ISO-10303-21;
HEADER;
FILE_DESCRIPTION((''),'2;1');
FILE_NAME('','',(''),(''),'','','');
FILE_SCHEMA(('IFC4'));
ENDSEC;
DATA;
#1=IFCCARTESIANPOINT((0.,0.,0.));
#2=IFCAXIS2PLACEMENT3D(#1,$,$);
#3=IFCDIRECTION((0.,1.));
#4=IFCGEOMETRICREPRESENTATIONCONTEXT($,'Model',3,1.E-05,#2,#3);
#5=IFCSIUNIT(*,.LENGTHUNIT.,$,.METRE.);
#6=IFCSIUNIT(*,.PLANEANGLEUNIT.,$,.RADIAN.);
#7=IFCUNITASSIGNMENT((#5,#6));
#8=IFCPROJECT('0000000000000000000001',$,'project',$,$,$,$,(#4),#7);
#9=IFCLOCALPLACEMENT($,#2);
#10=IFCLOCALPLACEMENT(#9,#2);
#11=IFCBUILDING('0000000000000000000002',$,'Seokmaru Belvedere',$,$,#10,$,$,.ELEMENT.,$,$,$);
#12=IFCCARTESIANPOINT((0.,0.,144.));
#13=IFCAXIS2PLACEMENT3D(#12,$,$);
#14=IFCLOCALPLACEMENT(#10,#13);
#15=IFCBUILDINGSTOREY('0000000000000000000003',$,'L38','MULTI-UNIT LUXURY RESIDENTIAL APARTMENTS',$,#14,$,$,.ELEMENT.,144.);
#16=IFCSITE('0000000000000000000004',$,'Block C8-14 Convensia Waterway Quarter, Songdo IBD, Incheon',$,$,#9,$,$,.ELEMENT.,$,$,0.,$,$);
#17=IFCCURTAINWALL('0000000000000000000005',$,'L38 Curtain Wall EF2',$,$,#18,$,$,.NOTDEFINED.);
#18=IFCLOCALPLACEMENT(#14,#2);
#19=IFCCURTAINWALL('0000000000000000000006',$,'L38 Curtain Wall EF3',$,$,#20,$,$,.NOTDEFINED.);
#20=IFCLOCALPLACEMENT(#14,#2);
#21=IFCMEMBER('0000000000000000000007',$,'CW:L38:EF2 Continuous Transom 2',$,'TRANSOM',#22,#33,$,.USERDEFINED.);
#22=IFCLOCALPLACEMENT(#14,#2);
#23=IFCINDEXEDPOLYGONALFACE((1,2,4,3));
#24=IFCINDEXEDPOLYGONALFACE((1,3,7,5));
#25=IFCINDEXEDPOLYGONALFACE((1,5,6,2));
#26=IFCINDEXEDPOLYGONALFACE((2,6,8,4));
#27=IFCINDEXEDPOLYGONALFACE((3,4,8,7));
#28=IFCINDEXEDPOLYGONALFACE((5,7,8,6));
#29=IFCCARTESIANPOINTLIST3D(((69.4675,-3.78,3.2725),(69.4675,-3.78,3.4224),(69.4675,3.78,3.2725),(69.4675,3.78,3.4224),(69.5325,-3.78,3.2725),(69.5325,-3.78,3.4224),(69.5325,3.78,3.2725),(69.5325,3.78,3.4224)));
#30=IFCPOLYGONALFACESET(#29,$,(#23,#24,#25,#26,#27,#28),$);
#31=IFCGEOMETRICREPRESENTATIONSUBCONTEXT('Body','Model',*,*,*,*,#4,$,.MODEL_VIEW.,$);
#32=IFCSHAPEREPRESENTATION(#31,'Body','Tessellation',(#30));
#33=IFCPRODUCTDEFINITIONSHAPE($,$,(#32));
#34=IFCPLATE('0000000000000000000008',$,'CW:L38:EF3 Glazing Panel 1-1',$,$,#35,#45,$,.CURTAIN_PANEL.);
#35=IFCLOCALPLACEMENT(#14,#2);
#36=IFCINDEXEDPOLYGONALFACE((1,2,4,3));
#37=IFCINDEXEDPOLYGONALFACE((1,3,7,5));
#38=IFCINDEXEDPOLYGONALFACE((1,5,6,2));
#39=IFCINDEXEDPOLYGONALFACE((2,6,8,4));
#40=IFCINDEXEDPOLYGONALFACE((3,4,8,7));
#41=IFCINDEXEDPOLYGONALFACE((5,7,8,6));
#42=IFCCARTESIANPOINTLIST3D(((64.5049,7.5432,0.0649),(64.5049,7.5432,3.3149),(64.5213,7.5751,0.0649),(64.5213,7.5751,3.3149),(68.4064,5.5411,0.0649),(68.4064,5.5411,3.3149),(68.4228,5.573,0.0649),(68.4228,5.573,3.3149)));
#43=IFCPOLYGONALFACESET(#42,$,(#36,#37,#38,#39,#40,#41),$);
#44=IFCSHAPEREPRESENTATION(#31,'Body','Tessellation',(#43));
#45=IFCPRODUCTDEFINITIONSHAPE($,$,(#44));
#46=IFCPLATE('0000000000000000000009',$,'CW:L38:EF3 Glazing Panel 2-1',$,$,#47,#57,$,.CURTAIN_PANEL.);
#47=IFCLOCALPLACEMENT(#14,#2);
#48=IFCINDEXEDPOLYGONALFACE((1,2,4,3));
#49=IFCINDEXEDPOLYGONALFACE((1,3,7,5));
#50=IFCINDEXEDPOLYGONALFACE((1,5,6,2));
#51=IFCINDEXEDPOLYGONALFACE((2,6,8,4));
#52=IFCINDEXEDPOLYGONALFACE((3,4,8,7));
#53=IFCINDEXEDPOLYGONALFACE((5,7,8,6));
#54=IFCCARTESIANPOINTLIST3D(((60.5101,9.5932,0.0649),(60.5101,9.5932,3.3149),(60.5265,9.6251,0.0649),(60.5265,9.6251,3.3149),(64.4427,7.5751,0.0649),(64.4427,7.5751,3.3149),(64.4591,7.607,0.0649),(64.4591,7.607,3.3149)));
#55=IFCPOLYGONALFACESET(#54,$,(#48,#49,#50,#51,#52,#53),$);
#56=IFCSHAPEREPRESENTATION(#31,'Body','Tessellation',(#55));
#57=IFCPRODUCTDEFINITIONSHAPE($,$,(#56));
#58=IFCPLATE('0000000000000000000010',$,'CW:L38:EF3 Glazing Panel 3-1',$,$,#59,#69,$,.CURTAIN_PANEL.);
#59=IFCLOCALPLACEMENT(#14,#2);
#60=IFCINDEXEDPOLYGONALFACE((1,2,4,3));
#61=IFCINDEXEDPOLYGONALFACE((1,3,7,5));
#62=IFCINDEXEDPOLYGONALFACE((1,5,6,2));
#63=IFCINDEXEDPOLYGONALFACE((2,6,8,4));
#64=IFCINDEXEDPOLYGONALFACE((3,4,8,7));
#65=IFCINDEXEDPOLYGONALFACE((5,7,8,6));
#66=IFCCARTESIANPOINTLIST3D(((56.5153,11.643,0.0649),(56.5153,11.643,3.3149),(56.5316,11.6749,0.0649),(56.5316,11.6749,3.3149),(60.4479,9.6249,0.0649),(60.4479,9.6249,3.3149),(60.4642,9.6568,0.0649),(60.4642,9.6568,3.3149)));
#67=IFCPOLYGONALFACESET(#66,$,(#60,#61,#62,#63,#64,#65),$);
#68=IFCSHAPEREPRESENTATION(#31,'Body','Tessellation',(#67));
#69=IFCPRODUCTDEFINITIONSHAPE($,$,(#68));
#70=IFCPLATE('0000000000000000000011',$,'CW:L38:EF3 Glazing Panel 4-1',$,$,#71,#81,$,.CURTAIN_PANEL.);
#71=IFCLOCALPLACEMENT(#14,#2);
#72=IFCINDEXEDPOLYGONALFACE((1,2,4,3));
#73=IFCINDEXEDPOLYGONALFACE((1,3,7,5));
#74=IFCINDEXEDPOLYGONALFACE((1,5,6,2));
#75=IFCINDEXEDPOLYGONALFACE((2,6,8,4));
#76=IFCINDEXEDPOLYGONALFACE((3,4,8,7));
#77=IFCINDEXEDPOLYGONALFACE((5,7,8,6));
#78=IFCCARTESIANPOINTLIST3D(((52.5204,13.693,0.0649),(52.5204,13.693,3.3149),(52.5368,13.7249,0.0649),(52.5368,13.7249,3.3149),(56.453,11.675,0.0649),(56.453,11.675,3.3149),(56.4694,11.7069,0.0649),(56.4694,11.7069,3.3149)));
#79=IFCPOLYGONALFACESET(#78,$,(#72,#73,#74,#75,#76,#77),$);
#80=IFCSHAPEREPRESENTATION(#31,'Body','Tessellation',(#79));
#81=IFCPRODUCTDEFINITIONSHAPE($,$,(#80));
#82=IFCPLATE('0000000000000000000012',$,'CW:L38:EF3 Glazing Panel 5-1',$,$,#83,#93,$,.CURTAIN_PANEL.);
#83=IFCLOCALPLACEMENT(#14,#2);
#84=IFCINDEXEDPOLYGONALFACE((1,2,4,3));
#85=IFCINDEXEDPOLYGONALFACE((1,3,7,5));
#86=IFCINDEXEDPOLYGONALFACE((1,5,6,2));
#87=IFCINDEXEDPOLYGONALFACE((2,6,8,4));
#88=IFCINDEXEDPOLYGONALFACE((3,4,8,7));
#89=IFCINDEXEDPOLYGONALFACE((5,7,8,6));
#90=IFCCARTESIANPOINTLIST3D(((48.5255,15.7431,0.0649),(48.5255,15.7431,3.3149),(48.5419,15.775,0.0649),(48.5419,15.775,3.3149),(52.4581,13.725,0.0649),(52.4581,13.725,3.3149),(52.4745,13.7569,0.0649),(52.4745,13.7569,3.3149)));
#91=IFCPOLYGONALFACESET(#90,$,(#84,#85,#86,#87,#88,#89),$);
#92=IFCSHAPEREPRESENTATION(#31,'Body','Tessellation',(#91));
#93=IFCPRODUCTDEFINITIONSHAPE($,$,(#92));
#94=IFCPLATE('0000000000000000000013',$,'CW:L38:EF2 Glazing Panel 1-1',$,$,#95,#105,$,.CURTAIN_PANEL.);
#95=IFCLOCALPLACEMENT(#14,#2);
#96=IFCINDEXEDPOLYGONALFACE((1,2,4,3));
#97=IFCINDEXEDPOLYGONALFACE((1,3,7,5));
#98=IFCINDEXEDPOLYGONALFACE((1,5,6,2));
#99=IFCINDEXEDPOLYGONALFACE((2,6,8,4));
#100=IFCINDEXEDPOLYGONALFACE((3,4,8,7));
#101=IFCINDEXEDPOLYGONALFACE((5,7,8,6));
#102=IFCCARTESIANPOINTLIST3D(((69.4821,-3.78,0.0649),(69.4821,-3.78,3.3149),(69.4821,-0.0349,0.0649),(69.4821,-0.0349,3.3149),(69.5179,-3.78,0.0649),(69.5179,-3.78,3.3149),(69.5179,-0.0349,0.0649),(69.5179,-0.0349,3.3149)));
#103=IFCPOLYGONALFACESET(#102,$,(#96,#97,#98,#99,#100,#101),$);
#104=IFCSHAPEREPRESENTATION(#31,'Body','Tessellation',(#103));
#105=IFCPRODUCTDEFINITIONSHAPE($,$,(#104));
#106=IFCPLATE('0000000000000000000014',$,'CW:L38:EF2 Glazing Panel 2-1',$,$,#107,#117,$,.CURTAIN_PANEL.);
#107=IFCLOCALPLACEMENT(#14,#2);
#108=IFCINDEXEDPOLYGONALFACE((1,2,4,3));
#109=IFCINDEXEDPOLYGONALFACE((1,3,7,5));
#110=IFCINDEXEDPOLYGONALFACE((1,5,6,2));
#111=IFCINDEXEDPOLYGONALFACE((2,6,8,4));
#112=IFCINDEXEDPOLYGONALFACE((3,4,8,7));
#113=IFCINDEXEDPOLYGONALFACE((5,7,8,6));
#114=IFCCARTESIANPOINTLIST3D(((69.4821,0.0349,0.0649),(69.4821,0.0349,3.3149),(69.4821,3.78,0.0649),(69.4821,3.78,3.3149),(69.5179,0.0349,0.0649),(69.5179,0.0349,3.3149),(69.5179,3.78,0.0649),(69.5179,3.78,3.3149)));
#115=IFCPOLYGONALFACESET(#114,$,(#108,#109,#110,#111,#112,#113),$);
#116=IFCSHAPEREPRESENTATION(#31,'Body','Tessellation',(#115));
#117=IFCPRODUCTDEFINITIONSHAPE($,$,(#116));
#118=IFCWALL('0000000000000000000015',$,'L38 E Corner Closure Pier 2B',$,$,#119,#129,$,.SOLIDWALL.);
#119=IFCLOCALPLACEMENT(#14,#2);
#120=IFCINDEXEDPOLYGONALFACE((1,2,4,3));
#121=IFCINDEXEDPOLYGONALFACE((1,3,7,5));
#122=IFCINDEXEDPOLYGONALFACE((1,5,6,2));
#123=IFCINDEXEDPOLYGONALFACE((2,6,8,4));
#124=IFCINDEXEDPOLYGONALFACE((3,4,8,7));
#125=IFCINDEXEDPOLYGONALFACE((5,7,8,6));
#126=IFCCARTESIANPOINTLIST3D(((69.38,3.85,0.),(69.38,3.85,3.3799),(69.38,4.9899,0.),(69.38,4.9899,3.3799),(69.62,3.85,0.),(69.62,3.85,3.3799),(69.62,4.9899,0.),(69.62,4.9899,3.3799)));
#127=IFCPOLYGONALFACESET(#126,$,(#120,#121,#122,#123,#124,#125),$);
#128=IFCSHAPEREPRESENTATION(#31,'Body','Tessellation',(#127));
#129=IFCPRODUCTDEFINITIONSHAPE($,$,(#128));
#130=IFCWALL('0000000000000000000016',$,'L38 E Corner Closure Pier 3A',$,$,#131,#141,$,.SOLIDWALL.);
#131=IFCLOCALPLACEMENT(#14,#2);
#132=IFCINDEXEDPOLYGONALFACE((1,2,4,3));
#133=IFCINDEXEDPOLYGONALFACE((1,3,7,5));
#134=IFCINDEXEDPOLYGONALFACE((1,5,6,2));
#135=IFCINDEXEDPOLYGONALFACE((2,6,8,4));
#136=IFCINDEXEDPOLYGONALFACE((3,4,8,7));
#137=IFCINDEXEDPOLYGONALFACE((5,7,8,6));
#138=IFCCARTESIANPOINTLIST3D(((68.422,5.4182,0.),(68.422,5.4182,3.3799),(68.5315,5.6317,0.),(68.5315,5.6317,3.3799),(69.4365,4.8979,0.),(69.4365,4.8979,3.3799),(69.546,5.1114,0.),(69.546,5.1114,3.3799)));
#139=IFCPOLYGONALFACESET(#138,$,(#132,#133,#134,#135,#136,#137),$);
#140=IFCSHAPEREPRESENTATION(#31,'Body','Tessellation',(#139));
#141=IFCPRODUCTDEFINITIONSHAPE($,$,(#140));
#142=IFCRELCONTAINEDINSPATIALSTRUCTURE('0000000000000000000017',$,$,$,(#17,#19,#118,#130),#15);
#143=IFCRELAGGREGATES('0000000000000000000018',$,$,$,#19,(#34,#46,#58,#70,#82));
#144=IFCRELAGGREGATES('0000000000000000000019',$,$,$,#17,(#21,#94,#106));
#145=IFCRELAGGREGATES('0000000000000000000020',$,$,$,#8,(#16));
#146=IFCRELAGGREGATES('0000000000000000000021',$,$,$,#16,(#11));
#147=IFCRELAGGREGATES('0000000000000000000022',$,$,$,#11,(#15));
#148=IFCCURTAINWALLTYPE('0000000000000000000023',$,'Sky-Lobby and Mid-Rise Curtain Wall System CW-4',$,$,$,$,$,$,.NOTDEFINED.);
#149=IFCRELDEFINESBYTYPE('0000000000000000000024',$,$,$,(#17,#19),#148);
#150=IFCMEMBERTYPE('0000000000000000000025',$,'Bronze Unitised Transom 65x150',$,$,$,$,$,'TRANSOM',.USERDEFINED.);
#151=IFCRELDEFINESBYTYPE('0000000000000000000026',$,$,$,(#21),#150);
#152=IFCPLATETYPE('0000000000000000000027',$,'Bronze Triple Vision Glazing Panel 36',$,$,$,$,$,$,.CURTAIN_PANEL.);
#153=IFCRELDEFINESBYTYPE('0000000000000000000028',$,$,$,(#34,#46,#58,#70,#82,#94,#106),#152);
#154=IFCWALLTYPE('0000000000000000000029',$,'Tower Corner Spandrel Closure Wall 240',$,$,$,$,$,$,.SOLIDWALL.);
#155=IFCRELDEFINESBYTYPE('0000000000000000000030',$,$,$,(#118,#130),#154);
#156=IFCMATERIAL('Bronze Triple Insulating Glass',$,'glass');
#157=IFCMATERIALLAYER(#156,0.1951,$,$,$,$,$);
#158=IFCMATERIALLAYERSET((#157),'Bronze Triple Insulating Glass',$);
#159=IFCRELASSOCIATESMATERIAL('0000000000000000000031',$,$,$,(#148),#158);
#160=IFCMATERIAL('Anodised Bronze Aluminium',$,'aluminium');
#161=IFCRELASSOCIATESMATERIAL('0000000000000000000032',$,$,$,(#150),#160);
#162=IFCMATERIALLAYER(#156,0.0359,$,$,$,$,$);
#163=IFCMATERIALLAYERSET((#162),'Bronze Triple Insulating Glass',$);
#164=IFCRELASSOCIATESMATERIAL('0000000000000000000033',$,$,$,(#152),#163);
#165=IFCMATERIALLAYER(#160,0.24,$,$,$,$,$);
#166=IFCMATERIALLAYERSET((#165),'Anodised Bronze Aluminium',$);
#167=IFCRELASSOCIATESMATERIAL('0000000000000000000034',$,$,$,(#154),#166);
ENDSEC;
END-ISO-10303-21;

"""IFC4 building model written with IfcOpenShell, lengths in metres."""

from ifc_helpers import new_model, si_unit, direction, frame, frame_2d, origin, origin_2d, place, context, subcontext, project, spatial, rectangle, extrude, source, transform, mapped, material, layer, layer_set, material_profile, profile_set, type_object, type_shapes, element, aggregate, save


model = new_model("IFC4")

# Units and contexts
model_context = context("Model", 3, precision=1e-05, world=origin(), true_north=direction((0.0, 1.0)))
body_context = subcontext(model_context, "Body", "Model", "MODEL_VIEW")
ifc_project = project(units=[si_unit("LENGTHUNIT", "METRE"), si_unit("PLANEANGLEUNIT", "RADIAN")], contexts=[model_context])

# Site, building, storey
site_placement = place(None, origin())
site = spatial("IfcSite", under=ifc_project, at=site_placement, Name="Block C8-14 Convensia Waterway Quarter, Songdo IBD, Incheon", CompositionType="ELEMENT", RefElevation=0.0)
building_placement = place(site_placement, origin())
building = spatial("IfcBuilding", under=site, at=building_placement, Name="Seokmaru Belvedere", CompositionType="ELEMENT")
storey_placement = place(building_placement, frame((0.0, 0.0, 144.0)))
storey = spatial("IfcBuildingStorey", under=building, at=storey_placement, Name="L38", Description="MULTI-UNIT LUXURY RESIDENTIAL APARTMENTS", CompositionType="ELEMENT", Elevation=144.0)

# Curtain walls
ifc_material_1 = material(Name="Bronze Triple Insulating Glass", Category="glass")
ifc_layer_1 = layer(ifc_material_1, 0.1951)
ifc_layer_set_1 = layer_set([ifc_layer_1], Name="Bronze Triple Insulating Glass")
curtain_wall_type = type_object("IfcCurtainWallType", Name="Sky-Lobby and Mid-Rise Curtain Wall System CW-4", PredefinedType="NOTDEFINED", material=ifc_layer_set_1)
curtain_wall_1_placement = place(storey_placement, origin())
curtain_wall_1 = element("IfcCurtainWall", 1, at=curtain_wall_1_placement, inside=storey, type_object=curtain_wall_type, Name="L38 Curtain Wall EF2", PredefinedType="NOTDEFINED")
ifc_material_2 = material(Name="Anodised Bronze Aluminium", Category="aluminium")
curtain_wall_2_placement = place(storey_placement, origin())
curtain_wall_2 = element("IfcCurtainWall", 2, at=curtain_wall_2_placement, inside=storey, type_object=curtain_wall_type, Name="L38 Curtain Wall EF3", PredefinedType="NOTDEFINED")

# Member
ifc_material_profile_1 = material_profile(ifc_material_2, rectangle(XDim=0.0649, YDim=0.1499, at=origin_2d()), Name="CW-T-65x150")
ifc_profile_set_1 = profile_set([ifc_material_profile_1], Name="Anodised Bronze Aluminium")
member_type_1 = type_object("IfcMemberType", Name="Bronze Unitised Transom 65x150", ElementType="TRANSOM", PredefinedType="USERDEFINED", material=ifc_profile_set_1)
shared_shape_1 = source(origin(), body_context, "Body", "SweptSolid", [
    extrude(rectangle(XDim=0.0649, YDim=0.1499, at=origin_2d()), origin(), (0.0, 0.0, 1.0), 7.5601),
])
member_1_placement = place(storey_placement, frame((69.5, -3.78, 3.3474), z_axis=(0.0, 1.0, 0.0), x_axis=(-1.0, 0.0, 0.0)))
member_1 = element("IfcMember", 3, at=member_1_placement, type_object=member_type_1, Name="CW:L38:EF2 Continuous Transom 2", ObjectType="TRANSOM", PredefinedType="USERDEFINED", context=body_context, shape_type="MappedRepresentation", body=[
    mapped(shared_shape_1, transform((0.0, 0.0, 0.0), scale=1.0)),
])

# Plates
ifc_layer_2 = layer(ifc_material_1, 0.0359)
ifc_layer_set_2 = layer_set([ifc_layer_2], Name="Bronze Triple Insulating Glass")
plate_type = type_object("IfcPlateType", Name="Bronze Triple Vision Glazing Panel 36", PredefinedType="CURTAIN_PANEL", material=ifc_layer_set_2)
shared_shape_2 = source(origin(), body_context, "Body", "SweptSolid", [
    extrude(rectangle(XDim=4.3853, YDim=0.0359, at=origin_2d()), origin(), (0.0, 0.0, 1.0), 3.25),
])
plate_1_placement = place(storey_placement, frame((66.4639, 6.5581, 0.0649), z_axis=(0.0, 0.0, 1.0), x_axis=(-0.889695, 0.456555, 0.0)))
plate_1 = element("IfcPlate", 4, at=plate_1_placement, type_object=plate_type, Name="CW:L38:EF3 Glazing Panel 1-1", PredefinedType="CURTAIN_PANEL", context=body_context, shape_type="MappedRepresentation", body=[
    mapped(shared_shape_2, transform((0.0, 0.0, 0.0), scale=1.0)),
])
shared_shape_3 = source(origin(), body_context, "Body", "SweptSolid", [
    extrude(rectangle(XDim=4.4202, YDim=0.0359, at=origin_2d()), origin(), (0.0, 0.0, 1.0), 3.25),
])
plate_2_placement = place(storey_placement, frame((62.4846, 8.6001, 0.0649), z_axis=(0.0, 0.0, 1.0), x_axis=(-0.889695, 0.456555, 0.0)))
plate_2 = element("IfcPlate", 5, at=plate_2_placement, type_object=plate_type, Name="CW:L38:EF3 Glazing Panel 2-1", PredefinedType="CURTAIN_PANEL", context=body_context, shape_type="MappedRepresentation", body=[
    mapped(shared_shape_3, transform((0.0, 0.0, 0.0), scale=1.0)),
])
plate_3_placement = place(storey_placement, frame((58.4897, 10.6499, 0.0649), z_axis=(0.0, 0.0, 1.0), x_axis=(-0.889695, 0.456555, 0.0)))
plate_3 = element("IfcPlate", 6, at=plate_3_placement, type_object=plate_type, Name="CW:L38:EF3 Glazing Panel 3-1", PredefinedType="CURTAIN_PANEL", context=body_context, shape_type="MappedRepresentation", body=[
    mapped(shared_shape_3, transform((0.0, 0.0, 0.0), scale=1.0)),
])
plate_4_placement = place(storey_placement, frame((54.4949, 12.7, 0.0649), z_axis=(0.0, 0.0, 1.0), x_axis=(-0.889695, 0.456555, 0.0)))
plate_4 = element("IfcPlate", 7, at=plate_4_placement, type_object=plate_type, Name="CW:L38:EF3 Glazing Panel 4-1", PredefinedType="CURTAIN_PANEL", context=body_context, shape_type="MappedRepresentation", body=[
    mapped(shared_shape_3, transform((0.0, 0.0, 0.0), scale=1.0)),
])
plate_5_placement = place(storey_placement, frame((50.5, 14.75, 0.0649), z_axis=(0.0, 0.0, 1.0), x_axis=(-0.889695, 0.456555, 0.0)))
plate_5 = element("IfcPlate", 8, at=plate_5_placement, type_object=plate_type, Name="CW:L38:EF3 Glazing Panel 5-1", PredefinedType="CURTAIN_PANEL", context=body_context, shape_type="MappedRepresentation", body=[
    mapped(shared_shape_3, transform((0.0, 0.0, 0.0), scale=1.0)),
])
aggregate(curtain_wall_2, [plate_1, plate_2, plate_3, plate_4, plate_5])
shared_shape_4 = source(origin(), body_context, "Body", "SweptSolid", [
    extrude(rectangle(XDim=3.7451, YDim=0.0359, at=origin_2d()), origin(), (0.0, 0.0, 1.0), 3.25),
])
type_shapes(plate_type, [shared_shape_2, shared_shape_3, shared_shape_4])
plate_6_placement = place(storey_placement, frame((69.5, -1.9075, 0.0649), z_axis=(0.0, 0.0, 1.0), x_axis=(0.0, 1.0, 0.0)))
plate_6 = element("IfcPlate", 9, at=plate_6_placement, type_object=plate_type, Name="CW:L38:EF2 Glazing Panel 1-1", PredefinedType="CURTAIN_PANEL", context=body_context, shape_type="MappedRepresentation", body=[
    mapped(shared_shape_4, transform((0.0, 0.0, 0.0), scale=1.0)),
])
plate_7_placement = place(storey_placement, frame((69.5, 1.9075, 0.0649), z_axis=(0.0, 0.0, 1.0), x_axis=(0.0, 1.0, 0.0)))
plate_7 = element("IfcPlate", 10, at=plate_7_placement, type_object=plate_type, Name="CW:L38:EF2 Glazing Panel 2-1", PredefinedType="CURTAIN_PANEL", context=body_context, shape_type="MappedRepresentation", body=[
    mapped(shared_shape_4, transform((0.0, 0.0, 0.0), scale=1.0)),
])
aggregate(curtain_wall_1, [member_1, plate_6, plate_7])

# Walls
ifc_layer_3 = layer(ifc_material_2, 0.24)
ifc_layer_set_3 = layer_set([ifc_layer_3], Name="Anodised Bronze Aluminium")
wall_type = type_object("IfcWallType", Name="Tower Corner Spandrel Closure Wall 240", PredefinedType="SOLIDWALL", material=ifc_layer_set_3)
wall_1_placement = place(storey_placement, frame((69.5, 3.8501, 0.0), z_axis=(0.0, 0.0, 1.0), x_axis=(0.0, 1.0, 0.0)))
element("IfcWall", 11, at=wall_1_placement, inside=storey, type_object=wall_type, Name="L38 E Corner Closure Pier 2B", PredefinedType="SOLIDWALL", context=body_context, shape_type="SweptSolid", body=[
    extrude(rectangle(XDim=1.1399, YDim=0.24, at=frame_2d((0.5698, 0.0))), origin(), (0.0, 0.0, 1.0), 3.3799),
])
wall_2_placement = place(storey_placement, frame((69.4912, 5.0046, 0.0), z_axis=(0.0, 0.0, 1.0), x_axis=(-0.889797, 0.456356, 0.0)))
element("IfcWall", 12, at=wall_2_placement, inside=storey, type_object=wall_type, Name="L38 E Corner Closure Pier 3A", PredefinedType="SOLIDWALL", context=body_context, shape_type="SweptSolid", body=[
    extrude(rectangle(XDim=1.1401, YDim=0.24, at=frame_2d((0.5701, 0.0))), origin(), (0.0, 0.0, 1.0), 3.3799),
])

save(model, "model.ifc")
